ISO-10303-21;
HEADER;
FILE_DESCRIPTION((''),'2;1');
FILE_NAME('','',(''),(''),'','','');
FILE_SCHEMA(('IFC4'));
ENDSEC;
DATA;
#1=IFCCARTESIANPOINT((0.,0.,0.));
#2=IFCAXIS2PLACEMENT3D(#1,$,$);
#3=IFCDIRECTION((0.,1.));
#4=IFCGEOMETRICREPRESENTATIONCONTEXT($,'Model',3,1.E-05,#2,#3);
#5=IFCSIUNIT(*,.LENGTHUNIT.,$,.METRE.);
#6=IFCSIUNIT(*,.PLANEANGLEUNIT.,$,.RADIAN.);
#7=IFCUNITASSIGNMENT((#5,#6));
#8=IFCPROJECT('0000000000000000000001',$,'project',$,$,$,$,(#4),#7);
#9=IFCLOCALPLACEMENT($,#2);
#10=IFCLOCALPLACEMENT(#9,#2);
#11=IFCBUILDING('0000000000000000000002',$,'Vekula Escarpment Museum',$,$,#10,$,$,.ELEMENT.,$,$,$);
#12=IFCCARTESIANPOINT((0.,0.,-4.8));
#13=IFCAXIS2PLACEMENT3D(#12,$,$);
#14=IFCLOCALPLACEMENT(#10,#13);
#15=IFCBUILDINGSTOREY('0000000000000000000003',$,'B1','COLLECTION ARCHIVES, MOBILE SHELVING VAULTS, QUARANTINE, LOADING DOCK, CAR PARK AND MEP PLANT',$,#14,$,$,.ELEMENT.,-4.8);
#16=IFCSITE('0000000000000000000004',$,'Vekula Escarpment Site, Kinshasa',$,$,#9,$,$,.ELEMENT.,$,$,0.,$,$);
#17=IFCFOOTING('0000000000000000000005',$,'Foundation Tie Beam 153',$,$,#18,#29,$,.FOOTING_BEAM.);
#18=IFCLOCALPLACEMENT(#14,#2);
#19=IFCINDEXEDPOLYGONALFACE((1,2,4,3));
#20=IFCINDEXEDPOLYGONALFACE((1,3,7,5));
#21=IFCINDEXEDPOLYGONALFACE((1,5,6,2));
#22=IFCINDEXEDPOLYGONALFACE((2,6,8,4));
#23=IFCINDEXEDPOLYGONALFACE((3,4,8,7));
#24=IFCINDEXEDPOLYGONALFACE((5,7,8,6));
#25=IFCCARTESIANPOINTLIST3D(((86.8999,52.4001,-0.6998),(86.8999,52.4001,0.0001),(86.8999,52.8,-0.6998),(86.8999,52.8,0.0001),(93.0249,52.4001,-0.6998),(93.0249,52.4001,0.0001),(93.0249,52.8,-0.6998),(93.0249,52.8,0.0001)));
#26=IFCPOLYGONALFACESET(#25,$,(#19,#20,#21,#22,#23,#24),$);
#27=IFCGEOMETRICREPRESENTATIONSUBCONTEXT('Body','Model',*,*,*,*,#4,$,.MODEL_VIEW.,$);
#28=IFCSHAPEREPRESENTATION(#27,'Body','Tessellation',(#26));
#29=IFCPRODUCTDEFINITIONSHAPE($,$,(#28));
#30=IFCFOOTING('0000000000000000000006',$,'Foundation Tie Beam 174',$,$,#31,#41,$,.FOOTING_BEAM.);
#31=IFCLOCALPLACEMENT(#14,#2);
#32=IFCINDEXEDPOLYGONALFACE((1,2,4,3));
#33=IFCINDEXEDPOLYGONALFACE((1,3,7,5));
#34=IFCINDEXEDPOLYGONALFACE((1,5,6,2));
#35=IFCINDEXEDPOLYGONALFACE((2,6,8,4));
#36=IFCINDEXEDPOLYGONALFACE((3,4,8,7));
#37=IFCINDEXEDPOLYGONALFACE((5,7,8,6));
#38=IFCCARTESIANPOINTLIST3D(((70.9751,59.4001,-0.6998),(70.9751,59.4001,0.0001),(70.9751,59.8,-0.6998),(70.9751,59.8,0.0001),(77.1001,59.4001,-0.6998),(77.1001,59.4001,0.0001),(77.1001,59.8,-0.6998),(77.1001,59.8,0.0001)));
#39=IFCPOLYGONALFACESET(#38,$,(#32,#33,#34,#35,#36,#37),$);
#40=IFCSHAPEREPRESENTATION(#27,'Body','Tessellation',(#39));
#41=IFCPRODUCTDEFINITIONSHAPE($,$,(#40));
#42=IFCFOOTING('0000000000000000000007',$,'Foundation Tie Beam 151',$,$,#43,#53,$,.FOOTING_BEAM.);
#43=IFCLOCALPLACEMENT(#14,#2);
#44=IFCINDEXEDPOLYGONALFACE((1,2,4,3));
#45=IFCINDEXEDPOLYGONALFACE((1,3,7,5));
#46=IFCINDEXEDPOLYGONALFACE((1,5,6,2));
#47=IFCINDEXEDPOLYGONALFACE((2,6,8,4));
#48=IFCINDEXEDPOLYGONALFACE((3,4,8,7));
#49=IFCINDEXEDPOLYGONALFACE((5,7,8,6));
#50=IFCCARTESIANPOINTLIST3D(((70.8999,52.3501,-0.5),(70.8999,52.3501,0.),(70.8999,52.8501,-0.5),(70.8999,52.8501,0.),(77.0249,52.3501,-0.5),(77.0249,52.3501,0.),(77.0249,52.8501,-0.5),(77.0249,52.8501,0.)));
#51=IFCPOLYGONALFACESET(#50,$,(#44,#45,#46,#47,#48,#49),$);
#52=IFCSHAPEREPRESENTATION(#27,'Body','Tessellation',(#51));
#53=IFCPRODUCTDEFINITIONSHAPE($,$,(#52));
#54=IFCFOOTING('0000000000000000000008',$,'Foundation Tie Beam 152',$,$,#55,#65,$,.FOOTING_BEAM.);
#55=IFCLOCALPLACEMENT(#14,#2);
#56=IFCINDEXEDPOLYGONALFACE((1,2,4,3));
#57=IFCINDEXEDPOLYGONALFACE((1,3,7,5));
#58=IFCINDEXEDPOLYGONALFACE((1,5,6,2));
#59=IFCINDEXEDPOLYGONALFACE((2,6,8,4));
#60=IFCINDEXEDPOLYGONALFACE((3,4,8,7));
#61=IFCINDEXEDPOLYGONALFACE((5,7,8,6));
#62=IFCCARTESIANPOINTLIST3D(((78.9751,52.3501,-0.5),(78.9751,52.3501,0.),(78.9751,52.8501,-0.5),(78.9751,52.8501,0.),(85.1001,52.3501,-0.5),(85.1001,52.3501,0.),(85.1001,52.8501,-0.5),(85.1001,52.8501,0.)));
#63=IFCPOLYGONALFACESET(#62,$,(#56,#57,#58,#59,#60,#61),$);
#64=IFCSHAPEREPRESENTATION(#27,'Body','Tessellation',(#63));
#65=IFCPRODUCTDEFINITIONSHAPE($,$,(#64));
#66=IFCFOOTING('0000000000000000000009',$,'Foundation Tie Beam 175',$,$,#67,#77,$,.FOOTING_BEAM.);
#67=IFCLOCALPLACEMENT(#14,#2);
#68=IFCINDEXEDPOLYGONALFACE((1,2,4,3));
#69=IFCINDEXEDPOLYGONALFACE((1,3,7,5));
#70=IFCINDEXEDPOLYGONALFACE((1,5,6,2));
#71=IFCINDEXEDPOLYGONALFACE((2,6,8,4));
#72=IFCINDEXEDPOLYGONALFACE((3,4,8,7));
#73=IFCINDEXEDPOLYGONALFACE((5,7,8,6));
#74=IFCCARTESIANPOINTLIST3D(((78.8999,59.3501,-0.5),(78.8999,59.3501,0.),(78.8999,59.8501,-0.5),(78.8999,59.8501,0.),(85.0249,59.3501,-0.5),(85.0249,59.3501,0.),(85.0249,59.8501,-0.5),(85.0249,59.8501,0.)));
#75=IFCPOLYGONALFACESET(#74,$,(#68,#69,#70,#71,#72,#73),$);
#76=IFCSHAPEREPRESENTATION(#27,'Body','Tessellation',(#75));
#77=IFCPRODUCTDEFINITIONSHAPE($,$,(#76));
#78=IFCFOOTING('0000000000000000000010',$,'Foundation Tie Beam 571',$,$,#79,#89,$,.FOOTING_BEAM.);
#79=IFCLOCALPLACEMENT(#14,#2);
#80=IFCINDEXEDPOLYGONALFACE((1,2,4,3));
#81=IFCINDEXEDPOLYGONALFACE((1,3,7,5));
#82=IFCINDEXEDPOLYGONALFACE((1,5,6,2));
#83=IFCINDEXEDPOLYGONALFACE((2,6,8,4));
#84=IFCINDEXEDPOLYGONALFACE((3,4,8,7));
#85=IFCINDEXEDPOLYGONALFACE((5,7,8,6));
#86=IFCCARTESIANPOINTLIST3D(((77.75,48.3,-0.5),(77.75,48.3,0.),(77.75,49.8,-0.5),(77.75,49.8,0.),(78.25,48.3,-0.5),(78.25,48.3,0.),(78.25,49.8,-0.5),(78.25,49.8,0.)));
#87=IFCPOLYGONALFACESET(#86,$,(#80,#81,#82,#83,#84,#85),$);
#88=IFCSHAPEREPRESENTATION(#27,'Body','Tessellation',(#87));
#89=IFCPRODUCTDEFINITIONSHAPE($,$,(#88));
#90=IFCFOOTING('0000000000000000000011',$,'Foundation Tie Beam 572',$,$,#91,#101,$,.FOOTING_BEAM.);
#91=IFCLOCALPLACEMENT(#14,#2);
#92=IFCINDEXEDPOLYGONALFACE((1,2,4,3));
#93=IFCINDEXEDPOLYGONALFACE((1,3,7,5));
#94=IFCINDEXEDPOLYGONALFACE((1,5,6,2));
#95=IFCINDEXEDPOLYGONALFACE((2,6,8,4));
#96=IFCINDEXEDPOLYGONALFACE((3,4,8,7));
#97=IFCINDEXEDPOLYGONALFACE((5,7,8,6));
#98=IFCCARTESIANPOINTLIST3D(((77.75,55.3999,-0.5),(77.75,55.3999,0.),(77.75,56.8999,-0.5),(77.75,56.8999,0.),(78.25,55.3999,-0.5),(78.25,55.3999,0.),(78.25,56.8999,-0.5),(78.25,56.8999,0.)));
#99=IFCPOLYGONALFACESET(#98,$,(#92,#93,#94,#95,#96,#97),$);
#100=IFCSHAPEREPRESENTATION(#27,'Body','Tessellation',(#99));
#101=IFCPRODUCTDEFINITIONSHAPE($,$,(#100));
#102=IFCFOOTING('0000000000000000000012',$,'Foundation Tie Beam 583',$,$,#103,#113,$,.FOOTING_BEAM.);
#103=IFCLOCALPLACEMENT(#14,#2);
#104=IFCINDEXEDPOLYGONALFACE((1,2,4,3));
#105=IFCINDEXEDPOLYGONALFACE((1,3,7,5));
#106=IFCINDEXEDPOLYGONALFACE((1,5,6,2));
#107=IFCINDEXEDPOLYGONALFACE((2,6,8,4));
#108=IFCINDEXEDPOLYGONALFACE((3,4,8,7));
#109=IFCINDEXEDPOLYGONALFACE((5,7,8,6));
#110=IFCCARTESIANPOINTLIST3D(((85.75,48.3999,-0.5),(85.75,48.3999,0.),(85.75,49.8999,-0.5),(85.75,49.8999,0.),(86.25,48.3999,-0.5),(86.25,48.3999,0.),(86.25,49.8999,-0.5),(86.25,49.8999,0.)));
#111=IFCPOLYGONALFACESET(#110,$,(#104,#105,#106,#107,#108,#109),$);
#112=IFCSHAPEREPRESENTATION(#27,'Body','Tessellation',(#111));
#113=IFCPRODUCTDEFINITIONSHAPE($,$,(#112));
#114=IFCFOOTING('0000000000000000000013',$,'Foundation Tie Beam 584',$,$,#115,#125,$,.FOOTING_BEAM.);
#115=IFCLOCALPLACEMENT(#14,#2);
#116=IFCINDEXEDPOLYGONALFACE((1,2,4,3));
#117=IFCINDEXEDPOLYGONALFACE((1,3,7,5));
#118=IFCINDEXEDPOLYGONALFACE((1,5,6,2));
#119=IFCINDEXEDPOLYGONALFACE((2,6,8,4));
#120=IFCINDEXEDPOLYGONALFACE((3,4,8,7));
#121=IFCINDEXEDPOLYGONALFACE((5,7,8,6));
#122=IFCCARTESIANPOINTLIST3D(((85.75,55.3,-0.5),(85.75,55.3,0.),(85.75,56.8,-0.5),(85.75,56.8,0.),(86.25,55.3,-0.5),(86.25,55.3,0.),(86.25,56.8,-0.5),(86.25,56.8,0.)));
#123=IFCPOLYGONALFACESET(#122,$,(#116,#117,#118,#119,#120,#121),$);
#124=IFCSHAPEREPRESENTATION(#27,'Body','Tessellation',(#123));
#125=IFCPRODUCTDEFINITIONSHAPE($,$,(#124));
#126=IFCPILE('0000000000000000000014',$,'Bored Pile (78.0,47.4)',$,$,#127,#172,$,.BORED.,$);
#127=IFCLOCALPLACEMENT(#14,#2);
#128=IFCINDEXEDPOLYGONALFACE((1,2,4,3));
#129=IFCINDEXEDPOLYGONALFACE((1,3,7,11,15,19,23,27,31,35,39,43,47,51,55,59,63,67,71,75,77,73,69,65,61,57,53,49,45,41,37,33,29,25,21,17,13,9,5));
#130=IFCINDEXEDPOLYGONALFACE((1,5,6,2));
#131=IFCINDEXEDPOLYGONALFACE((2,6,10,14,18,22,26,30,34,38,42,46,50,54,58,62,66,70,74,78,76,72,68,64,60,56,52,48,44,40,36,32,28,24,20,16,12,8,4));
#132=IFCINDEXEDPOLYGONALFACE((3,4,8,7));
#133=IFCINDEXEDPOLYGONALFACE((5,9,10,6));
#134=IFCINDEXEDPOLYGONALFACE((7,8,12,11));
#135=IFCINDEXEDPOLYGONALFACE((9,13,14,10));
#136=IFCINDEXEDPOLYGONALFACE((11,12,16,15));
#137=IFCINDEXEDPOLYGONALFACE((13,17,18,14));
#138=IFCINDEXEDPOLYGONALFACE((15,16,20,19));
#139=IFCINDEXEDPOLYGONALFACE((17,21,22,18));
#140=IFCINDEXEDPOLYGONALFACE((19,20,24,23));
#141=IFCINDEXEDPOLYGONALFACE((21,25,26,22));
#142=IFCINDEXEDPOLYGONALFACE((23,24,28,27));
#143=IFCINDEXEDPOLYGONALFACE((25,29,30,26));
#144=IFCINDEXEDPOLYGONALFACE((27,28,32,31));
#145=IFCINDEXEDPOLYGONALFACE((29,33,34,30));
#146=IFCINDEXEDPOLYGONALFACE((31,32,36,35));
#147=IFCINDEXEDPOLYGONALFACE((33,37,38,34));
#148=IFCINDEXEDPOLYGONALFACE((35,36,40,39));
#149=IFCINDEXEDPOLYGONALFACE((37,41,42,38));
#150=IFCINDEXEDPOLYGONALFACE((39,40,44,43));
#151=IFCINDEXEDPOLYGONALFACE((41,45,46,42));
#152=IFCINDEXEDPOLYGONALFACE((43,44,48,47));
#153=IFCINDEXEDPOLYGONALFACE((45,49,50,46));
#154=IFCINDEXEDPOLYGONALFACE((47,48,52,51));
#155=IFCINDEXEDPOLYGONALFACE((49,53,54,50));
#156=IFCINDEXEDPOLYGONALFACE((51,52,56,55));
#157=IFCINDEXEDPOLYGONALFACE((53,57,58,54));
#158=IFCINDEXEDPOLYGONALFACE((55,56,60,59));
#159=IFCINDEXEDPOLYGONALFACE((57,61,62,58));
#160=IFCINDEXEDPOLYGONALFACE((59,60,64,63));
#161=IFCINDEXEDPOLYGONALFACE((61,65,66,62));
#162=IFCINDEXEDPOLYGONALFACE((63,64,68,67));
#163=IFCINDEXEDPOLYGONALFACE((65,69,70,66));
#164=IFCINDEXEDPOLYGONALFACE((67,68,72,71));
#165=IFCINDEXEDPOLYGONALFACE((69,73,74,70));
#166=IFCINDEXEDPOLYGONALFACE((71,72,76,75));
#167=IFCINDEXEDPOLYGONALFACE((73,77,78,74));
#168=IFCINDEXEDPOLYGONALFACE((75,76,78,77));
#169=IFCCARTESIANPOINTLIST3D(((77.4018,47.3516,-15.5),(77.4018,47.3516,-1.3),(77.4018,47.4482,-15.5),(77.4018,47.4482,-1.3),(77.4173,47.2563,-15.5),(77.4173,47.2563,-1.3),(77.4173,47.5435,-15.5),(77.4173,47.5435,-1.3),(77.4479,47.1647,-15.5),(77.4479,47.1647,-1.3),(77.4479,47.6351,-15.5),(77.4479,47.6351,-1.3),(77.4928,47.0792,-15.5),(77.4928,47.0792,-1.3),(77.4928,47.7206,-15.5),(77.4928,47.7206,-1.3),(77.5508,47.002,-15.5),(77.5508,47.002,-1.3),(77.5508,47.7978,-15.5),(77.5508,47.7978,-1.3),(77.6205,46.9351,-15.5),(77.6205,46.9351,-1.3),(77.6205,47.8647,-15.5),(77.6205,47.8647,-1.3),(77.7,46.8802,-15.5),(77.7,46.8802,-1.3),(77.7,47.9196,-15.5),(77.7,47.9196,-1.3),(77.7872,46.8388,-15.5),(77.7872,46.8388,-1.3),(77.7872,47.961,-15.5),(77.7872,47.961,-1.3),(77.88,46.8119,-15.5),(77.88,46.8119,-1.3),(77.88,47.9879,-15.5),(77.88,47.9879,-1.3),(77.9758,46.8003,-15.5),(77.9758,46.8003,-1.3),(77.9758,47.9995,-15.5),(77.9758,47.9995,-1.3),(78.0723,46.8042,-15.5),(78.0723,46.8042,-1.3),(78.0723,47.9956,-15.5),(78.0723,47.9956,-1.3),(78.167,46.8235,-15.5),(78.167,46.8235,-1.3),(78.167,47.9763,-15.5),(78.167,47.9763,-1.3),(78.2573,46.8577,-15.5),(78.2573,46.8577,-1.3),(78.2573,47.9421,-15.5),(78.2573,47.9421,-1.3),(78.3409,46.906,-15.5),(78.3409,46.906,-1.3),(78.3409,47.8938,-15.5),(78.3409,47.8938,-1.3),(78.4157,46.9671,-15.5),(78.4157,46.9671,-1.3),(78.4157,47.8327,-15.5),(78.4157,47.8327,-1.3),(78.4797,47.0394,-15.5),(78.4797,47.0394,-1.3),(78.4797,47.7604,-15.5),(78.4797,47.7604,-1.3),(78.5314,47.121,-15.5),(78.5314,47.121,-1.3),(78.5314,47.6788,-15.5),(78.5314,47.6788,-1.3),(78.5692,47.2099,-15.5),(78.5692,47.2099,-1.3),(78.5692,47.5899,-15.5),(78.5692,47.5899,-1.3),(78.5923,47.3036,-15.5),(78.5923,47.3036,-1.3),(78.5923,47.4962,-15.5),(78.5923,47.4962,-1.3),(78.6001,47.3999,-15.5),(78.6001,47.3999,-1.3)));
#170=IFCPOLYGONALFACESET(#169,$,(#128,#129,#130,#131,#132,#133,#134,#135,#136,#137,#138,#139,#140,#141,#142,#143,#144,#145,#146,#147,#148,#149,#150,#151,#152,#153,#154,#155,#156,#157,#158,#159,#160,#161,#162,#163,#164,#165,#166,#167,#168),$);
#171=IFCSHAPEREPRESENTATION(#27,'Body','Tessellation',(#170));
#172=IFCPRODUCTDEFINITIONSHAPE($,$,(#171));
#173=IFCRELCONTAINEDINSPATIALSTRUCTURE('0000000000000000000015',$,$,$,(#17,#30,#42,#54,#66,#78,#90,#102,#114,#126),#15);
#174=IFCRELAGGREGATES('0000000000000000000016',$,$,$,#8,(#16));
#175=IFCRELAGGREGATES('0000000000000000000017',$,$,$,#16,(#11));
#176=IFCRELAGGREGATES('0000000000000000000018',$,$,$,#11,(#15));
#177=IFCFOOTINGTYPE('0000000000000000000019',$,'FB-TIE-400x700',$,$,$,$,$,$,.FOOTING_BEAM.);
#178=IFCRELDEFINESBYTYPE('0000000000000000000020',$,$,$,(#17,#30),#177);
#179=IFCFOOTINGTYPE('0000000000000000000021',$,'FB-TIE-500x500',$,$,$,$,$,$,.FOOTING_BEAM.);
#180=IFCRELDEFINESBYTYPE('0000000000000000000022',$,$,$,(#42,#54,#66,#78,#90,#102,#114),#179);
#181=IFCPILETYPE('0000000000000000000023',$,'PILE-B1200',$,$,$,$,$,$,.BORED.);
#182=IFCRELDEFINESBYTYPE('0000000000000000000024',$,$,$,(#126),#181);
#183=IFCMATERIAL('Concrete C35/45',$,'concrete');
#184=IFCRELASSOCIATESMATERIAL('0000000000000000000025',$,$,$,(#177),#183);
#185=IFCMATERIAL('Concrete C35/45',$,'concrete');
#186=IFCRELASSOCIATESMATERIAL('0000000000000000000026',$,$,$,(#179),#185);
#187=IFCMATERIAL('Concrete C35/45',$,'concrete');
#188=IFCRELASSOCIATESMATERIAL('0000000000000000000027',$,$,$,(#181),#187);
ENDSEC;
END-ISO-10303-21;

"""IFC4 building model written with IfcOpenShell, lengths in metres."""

from ifc_helpers import new_model, si_unit, direction, frame, origin, origin_2d, place, context, subcontext, project, spatial, rectangle, circle, extrude, material, material_profile, profile_set, type_object, element, save


model = new_model("IFC4")

# Units and contexts
model_context = context("Model", 3, precision=1e-05, world=origin(), true_north=direction((0.0, 1.0)))
body_context = subcontext(model_context, "Body", "Model", "MODEL_VIEW")
ifc_project = project(units=[si_unit("LENGTHUNIT", "METRE"), si_unit("PLANEANGLEUNIT", "RADIAN")], contexts=[model_context])

# Site, building, storey
site_placement = place(None, origin())
site = spatial("IfcSite", under=ifc_project, at=site_placement, Name="Vekula Escarpment Site, Kinshasa", CompositionType="ELEMENT", RefElevation=0.0)
building_placement = place(site_placement, origin())
building = spatial("IfcBuilding", under=site, at=building_placement, Name="Vekula Escarpment Museum", CompositionType="ELEMENT")
storey_placement = place(building_placement, frame((0.0, 0.0, -4.8)))
storey = spatial("IfcBuildingStorey", under=building, at=storey_placement, Name="B1", Description="COLLECTION ARCHIVES, MOBILE SHELVING VAULTS, QUARANTINE, LOADING DOCK, CAR PARK AND MEP PLANT", CompositionType="ELEMENT", Elevation=-4.8)

# Footings
ifc_material_1 = material(Name="Concrete C35/45", Category="concrete")
ifc_material_profile_1 = material_profile(ifc_material_1, rectangle(XDim=0.3999, YDim=0.7, at=origin_2d()), Name="RC 400x700")
ifc_profile_set_1 = profile_set([ifc_material_profile_1], Name="Concrete C35/45")
footing_type_1 = type_object("IfcFootingType", Name="FB-TIE-400x700", PredefinedType="FOOTING_BEAM", material=ifc_profile_set_1)
for number, where, z_axis, x_axis, name in (
    (1, (86.8999, 52.6001, -0.3499), (1.0, 0.0, 0.0), (0.0, 1.0, 0.0), "Foundation Tie Beam 153"),
    (2, (70.9751, 59.6001, -0.3499), (1.0, 0.0, 0.0), (0.0, 1.0, 0.0), "Foundation Tie Beam 174"),
):
    element("IfcFooting", number, at=place(storey_placement, frame(where, z_axis=z_axis, x_axis=x_axis)), inside=storey, type_object=footing_type_1, Name=name, PredefinedType="FOOTING_BEAM", context=body_context, shape_type="SweptSolid", body=[
        extrude(rectangle(XDim=0.3999, YDim=0.7, at=origin_2d()), origin(), (0.0, 0.0, 1.0), 6.125),
    ])
ifc_material_2 = material(Name="Concrete C35/45", Category="concrete")
ifc_material_profile_2 = material_profile(ifc_material_2, rectangle(XDim=0.5, YDim=0.5, at=origin_2d()), Name="RC 500x500")
ifc_profile_set_2 = profile_set([ifc_material_profile_2], Name="Concrete C35/45")
footing_type_2 = type_object("IfcFootingType", Name="FB-TIE-500x500", PredefinedType="FOOTING_BEAM", material=ifc_profile_set_2)
for number, where, z_axis, x_axis, name in (
    (3, (70.8999, 52.6001, -0.25), (1.0, 0.0, 0.0), (0.0, 1.0, 0.0), "Foundation Tie Beam 151"),
    (4, (78.9751, 52.6001, -0.25), (1.0, 0.0, 0.0), (0.0, 1.0, 0.0), "Foundation Tie Beam 152"),
    (5, (78.8999, 59.6001, -0.25), (1.0, 0.0, 0.0), (0.0, 1.0, 0.0), "Foundation Tie Beam 175"),
):
    element("IfcFooting", number, at=place(storey_placement, frame(where, z_axis=z_axis, x_axis=x_axis)), inside=storey, type_object=footing_type_2, Name=name, PredefinedType="FOOTING_BEAM", context=body_context, shape_type="SweptSolid", body=[
        extrude(rectangle(XDim=0.5, YDim=0.5, at=origin_2d()), origin(), (0.0, 0.0, 1.0), 6.125),
    ])
for number, where, z_axis, x_axis, name in (
    (6, (78.0, 48.3, -0.25), (0.0, 1.0, 0.0), (-1.0, 0.0, 0.0), "Foundation Tie Beam 571"),
    (7, (78.0, 55.3999, -0.25), (0.0, 1.0, 0.0), (-1.0, 0.0, 0.0), "Foundation Tie Beam 572"),
    (8, (86.0, 48.3999, -0.25), (0.0, 1.0, 0.0), (-1.0, 0.0, 0.0), "Foundation Tie Beam 583"),
    (9, (86.0, 55.3, -0.25), (0.0, 1.0, 0.0), (-1.0, 0.0, 0.0), "Foundation Tie Beam 584"),
):
    element("IfcFooting", number, at=place(storey_placement, frame(where, z_axis=z_axis, x_axis=x_axis)), inside=storey, type_object=footing_type_2, Name=name, PredefinedType="FOOTING_BEAM", context=body_context, shape_type="SweptSolid", body=[
        extrude(rectangle(XDim=0.5, YDim=0.5, at=origin_2d()), origin(), (0.0, 0.0, 1.0), 1.5),
    ])

# Pile
ifc_material_3 = material(Name="Concrete C35/45", Category="concrete")
ifc_material_profile_3 = material_profile(ifc_material_3, circle(Radius=0.6001, at=origin_2d()), Name="BORED PILE 1200")
ifc_profile_set_3 = profile_set([ifc_material_profile_3], Name="Concrete C35/45")
pile_type = type_object("IfcPileType", Name="PILE-B1200", PredefinedType="BORED", material=ifc_profile_set_3)
pile_1_placement = place(storey_placement, frame((78.0, 47.3999, -1.3), z_axis=(0.0, 0.0, -1.0), x_axis=(1.0, 0.0, 0.0)))
element("IfcPile", 10, at=pile_1_placement, inside=storey, type_object=pile_type, Name="Bored Pile (78.0,47.4)", PredefinedType="BORED", context=body_context, shape_type="SweptSolid", body=[
    extrude(circle(Radius=0.6001, at=origin_2d()), origin(), (0.0, 0.0, 1.0), 14.2),
])

save(model, "model.ifc")
